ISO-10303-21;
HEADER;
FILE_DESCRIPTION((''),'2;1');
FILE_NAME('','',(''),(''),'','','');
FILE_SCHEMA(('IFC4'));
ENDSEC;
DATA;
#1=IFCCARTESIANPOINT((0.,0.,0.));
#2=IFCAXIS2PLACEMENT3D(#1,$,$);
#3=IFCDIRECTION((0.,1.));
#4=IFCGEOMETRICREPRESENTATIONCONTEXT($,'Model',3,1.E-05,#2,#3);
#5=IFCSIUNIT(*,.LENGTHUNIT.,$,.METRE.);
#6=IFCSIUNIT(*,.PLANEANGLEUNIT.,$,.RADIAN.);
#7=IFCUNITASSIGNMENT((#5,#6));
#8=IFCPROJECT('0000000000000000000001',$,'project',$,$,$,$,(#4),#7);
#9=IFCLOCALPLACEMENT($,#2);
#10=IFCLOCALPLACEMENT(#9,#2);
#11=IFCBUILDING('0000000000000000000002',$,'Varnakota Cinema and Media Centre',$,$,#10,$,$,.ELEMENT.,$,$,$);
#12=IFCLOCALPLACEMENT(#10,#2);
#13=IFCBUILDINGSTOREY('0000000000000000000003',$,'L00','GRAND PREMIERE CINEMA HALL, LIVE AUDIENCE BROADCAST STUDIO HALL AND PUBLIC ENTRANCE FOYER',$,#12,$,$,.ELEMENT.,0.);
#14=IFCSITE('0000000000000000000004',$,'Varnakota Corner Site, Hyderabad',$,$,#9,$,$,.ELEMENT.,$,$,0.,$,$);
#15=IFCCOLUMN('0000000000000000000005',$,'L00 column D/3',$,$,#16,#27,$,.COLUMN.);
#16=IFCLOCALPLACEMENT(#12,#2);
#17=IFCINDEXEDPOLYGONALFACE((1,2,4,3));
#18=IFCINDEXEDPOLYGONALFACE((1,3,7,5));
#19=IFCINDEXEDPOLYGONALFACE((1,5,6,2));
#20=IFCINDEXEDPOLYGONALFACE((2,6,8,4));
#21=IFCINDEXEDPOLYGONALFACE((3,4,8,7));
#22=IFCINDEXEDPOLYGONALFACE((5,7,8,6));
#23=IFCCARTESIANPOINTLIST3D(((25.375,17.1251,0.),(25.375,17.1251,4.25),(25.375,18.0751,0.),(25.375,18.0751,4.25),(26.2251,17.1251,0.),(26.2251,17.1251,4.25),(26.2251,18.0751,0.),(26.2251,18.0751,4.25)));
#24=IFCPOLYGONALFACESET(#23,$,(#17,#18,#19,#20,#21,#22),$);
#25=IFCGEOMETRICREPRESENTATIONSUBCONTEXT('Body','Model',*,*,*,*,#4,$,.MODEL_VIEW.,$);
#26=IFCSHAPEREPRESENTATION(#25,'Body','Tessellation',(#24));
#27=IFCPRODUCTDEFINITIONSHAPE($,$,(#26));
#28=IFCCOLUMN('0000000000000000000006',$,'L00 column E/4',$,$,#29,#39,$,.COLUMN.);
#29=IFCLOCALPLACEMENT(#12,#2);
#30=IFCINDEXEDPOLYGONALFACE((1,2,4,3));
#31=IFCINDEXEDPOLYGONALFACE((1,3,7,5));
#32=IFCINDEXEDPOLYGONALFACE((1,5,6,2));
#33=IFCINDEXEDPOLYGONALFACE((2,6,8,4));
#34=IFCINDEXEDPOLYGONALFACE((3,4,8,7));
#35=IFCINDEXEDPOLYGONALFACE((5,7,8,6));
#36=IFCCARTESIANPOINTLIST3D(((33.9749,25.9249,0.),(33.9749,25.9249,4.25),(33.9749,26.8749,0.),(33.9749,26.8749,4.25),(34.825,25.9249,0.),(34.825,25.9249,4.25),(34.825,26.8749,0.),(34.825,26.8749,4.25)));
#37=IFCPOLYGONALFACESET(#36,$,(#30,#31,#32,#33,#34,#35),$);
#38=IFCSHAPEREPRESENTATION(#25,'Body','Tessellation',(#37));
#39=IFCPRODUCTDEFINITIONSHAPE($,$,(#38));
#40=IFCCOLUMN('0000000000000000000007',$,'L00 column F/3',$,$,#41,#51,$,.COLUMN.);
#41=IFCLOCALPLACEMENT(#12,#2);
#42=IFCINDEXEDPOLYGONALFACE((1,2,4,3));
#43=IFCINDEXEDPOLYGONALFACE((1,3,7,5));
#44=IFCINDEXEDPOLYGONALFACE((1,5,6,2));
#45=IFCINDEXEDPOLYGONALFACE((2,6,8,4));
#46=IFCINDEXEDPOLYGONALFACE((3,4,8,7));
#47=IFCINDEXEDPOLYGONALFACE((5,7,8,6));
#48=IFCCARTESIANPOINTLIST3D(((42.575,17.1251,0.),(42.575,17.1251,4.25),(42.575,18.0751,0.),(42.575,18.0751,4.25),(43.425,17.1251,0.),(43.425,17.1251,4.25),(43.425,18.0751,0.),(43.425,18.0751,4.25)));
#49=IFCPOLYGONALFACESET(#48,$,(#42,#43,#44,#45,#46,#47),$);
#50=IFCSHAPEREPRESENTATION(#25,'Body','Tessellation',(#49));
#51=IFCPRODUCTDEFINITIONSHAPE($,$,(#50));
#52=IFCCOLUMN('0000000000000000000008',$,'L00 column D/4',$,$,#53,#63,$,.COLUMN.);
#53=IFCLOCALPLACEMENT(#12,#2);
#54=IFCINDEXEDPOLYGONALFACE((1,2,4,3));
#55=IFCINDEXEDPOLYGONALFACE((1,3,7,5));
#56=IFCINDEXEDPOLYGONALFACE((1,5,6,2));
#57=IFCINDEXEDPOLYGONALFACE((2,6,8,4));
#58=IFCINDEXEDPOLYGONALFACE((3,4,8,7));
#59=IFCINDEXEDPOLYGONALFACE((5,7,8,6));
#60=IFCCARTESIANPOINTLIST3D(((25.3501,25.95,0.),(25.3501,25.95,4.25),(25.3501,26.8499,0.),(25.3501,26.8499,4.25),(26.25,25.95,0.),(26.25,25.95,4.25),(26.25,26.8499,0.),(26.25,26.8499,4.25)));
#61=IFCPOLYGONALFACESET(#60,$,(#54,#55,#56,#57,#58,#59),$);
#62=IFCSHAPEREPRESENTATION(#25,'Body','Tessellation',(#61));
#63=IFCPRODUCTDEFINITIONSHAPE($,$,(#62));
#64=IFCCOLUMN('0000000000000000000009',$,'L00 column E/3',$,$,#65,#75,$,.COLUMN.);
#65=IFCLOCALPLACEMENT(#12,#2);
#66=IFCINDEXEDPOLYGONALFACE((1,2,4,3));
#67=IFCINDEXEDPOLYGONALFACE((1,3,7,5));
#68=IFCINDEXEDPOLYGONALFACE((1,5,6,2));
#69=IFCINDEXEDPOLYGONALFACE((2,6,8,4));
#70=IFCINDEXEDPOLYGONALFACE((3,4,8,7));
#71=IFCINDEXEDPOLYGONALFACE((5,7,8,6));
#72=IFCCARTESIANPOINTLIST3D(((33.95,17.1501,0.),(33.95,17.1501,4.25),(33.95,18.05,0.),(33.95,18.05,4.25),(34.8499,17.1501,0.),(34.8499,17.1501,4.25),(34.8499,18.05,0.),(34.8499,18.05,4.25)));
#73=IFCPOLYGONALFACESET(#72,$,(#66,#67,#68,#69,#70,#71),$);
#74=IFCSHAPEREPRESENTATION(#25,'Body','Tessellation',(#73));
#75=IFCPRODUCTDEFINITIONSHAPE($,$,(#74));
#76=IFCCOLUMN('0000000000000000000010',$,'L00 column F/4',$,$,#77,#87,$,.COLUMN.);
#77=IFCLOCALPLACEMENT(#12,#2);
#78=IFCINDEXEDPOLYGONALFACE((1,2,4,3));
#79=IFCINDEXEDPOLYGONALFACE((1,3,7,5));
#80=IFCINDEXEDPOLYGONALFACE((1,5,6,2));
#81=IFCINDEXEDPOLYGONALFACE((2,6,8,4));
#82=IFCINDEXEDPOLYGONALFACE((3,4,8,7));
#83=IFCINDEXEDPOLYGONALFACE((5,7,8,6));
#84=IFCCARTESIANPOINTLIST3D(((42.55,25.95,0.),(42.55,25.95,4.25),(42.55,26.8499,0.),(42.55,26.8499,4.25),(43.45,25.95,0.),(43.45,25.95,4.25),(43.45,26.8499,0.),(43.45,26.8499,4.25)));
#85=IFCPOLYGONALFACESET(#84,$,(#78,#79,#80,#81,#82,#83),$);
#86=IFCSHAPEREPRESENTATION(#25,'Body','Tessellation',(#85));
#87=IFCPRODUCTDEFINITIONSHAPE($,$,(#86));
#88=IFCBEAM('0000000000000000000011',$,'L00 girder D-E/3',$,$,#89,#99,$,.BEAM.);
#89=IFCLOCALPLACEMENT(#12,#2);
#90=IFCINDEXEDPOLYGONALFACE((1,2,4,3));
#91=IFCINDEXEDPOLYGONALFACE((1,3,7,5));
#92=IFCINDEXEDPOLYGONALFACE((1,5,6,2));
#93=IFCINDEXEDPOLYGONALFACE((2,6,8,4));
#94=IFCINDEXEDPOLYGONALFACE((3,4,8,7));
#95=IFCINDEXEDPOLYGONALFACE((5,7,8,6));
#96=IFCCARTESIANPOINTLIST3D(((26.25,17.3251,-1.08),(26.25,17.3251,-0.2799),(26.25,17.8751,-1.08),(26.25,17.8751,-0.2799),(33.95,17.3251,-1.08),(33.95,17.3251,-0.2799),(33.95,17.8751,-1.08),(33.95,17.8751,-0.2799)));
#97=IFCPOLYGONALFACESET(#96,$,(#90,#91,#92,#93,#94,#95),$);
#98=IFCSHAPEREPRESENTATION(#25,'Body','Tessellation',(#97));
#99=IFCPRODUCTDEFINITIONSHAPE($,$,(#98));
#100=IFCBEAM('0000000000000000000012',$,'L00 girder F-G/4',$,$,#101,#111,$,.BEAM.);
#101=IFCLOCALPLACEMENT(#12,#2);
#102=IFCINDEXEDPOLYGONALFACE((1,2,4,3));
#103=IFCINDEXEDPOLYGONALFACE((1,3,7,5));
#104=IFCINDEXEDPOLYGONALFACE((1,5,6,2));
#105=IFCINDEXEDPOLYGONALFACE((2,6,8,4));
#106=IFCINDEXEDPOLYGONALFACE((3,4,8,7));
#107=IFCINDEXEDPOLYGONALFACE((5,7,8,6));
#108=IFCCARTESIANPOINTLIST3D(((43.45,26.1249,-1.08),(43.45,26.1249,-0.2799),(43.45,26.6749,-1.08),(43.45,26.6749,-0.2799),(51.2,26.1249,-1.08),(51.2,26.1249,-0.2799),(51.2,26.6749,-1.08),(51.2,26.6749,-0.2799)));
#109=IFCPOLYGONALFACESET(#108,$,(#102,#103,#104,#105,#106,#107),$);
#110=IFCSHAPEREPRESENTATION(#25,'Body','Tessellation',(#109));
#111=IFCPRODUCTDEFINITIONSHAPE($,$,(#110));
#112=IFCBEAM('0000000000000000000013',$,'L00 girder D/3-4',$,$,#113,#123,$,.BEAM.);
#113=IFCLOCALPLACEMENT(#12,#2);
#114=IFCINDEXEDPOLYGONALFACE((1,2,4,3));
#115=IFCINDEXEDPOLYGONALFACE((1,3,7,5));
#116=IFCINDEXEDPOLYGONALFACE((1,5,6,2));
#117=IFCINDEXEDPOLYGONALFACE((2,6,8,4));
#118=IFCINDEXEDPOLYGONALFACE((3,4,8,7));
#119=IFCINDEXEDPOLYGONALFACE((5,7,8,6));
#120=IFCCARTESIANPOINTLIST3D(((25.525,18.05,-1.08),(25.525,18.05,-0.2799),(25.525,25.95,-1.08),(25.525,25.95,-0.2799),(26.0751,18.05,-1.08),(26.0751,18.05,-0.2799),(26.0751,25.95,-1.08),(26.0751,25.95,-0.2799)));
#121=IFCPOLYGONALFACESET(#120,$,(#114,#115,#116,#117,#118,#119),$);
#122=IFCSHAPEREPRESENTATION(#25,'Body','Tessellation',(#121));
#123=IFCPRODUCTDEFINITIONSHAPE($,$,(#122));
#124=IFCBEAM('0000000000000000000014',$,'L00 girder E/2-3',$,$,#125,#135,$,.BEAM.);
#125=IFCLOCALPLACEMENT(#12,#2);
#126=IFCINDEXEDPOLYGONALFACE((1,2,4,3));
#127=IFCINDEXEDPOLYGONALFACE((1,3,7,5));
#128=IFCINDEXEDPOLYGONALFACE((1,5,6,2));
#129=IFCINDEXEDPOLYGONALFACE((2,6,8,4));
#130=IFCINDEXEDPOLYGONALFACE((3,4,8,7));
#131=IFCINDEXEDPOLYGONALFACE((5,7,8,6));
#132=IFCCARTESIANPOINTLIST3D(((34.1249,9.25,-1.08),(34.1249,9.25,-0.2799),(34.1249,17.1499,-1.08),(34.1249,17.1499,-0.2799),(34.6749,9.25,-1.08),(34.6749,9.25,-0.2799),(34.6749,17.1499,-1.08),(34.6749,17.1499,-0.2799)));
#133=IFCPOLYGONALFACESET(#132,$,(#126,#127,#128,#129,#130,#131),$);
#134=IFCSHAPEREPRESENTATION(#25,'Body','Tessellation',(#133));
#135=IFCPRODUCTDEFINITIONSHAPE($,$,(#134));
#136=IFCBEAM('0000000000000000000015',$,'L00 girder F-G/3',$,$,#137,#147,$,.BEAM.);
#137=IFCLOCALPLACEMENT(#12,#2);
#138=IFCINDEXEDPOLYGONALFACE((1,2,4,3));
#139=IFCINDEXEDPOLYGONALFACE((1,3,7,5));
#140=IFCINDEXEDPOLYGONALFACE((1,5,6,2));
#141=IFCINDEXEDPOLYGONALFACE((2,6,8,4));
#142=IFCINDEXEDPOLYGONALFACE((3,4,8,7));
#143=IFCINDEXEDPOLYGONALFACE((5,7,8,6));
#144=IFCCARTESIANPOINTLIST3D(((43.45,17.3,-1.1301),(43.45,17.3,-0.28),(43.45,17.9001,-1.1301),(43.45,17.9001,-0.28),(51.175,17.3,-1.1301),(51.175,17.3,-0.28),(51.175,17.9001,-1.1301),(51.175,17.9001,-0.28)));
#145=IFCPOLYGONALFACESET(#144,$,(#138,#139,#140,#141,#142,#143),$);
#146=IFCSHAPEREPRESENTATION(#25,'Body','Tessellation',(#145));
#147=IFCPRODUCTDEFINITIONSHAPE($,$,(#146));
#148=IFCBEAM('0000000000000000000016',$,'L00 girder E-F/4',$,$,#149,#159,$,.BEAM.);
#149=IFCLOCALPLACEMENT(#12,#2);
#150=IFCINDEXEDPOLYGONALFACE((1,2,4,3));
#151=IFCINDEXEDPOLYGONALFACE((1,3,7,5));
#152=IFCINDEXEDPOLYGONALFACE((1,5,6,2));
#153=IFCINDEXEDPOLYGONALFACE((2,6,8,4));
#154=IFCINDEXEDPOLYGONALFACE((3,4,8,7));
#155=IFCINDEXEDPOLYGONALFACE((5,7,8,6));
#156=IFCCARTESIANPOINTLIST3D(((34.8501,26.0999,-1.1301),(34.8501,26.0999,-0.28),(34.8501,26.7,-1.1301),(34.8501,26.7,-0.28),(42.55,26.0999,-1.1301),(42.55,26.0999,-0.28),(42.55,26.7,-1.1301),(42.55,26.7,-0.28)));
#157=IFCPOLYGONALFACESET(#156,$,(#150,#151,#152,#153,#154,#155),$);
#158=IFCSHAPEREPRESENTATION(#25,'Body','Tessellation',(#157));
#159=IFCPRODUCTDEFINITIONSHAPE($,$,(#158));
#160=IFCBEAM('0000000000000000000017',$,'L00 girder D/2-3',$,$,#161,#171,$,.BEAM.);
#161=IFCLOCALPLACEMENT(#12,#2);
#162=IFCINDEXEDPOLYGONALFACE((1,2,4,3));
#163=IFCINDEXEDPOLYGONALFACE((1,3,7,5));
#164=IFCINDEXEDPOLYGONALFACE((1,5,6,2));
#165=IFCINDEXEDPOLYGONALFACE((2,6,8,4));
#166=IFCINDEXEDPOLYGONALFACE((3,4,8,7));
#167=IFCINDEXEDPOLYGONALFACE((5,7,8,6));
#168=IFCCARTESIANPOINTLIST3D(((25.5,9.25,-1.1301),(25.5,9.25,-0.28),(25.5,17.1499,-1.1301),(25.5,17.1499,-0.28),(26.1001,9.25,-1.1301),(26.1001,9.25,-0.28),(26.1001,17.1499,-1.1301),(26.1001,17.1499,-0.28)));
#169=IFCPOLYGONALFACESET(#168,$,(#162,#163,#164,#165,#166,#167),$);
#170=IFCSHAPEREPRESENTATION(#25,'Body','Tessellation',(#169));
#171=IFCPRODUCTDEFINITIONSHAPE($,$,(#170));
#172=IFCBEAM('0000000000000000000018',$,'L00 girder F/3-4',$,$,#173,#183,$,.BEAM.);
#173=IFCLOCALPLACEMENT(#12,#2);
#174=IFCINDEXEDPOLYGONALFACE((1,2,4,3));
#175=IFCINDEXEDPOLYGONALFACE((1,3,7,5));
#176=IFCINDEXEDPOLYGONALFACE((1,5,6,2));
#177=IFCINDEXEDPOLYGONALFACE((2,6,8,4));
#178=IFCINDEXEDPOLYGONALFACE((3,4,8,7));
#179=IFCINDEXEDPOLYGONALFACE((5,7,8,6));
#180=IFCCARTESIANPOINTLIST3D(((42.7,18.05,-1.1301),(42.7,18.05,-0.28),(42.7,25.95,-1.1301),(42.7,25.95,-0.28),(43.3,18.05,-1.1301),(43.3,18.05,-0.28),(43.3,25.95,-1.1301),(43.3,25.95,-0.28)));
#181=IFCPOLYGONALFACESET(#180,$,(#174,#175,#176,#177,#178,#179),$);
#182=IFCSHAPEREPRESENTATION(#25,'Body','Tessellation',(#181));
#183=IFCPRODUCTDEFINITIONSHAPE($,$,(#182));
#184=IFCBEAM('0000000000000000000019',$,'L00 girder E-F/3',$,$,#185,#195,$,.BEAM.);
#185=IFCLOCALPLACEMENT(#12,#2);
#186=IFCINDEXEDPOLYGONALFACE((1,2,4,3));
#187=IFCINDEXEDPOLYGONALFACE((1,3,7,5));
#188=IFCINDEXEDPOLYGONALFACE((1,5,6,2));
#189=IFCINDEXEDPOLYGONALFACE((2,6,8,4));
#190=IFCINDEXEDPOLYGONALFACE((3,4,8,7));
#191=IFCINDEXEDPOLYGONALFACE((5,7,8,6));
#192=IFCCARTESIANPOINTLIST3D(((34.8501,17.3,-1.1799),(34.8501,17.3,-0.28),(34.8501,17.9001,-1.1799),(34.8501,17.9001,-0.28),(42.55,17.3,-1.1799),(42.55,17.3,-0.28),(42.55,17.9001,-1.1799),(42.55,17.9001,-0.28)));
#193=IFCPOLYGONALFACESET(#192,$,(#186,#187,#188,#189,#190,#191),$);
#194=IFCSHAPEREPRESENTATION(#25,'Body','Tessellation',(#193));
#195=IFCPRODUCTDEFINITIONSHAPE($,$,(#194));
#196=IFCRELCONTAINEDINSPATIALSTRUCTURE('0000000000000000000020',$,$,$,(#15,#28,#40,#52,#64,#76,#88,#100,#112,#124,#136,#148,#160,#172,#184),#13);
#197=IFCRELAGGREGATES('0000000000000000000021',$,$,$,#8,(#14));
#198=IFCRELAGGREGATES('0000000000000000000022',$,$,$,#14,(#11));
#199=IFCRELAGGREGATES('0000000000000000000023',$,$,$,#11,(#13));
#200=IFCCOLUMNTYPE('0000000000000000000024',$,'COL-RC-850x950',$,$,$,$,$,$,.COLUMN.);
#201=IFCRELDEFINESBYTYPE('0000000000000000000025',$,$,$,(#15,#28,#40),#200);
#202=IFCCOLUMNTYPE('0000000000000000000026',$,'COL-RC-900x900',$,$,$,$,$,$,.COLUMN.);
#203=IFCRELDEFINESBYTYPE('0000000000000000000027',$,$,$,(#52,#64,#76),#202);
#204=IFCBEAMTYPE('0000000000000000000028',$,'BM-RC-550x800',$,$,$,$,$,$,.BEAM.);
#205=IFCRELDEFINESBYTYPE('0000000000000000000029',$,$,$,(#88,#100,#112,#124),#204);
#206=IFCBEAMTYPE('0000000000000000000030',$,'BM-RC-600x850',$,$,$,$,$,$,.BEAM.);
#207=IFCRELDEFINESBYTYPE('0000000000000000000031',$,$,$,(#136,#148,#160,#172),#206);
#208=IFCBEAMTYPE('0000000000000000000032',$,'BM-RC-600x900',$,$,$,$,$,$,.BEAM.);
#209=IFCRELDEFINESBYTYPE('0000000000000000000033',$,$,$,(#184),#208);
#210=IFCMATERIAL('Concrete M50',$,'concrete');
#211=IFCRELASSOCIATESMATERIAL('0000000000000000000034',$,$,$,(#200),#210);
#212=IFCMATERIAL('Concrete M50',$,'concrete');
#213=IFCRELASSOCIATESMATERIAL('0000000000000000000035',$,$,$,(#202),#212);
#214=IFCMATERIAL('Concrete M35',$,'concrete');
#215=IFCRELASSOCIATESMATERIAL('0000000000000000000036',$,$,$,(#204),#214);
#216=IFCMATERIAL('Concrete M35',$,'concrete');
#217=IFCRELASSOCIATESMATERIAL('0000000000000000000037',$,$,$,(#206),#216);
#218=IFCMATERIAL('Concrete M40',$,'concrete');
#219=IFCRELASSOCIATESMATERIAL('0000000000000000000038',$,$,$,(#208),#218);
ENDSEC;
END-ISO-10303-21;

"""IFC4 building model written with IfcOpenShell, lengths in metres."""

from ifc_helpers import new_model, si_unit, direction, frame, origin, origin_2d, place, context, subcontext, project, spatial, rectangle, extrude, material, material_profile, profile_set, type_object, element, save


model = new_model("IFC4")

# Units and contexts
model_context = context("Model", 3, precision=1e-05, world=origin(), true_north=direction((0.0, 1.0)))
body_context = subcontext(model_context, "Body", "Model", "MODEL_VIEW")
ifc_project = project(units=[si_unit("LENGTHUNIT", "METRE"), si_unit("PLANEANGLEUNIT", "RADIAN")], contexts=[model_context])

# Site, building, storey
site_placement = place(None, origin())
site = spatial("IfcSite", under=ifc_project, at=site_placement, Name="Varnakota Corner Site, Hyderabad", CompositionType="ELEMENT", RefElevation=0.0)
building_placement = place(site_placement, origin())
building = spatial("IfcBuilding", under=site, at=building_placement, Name="Varnakota Cinema and Media Centre", CompositionType="ELEMENT")
storey_placement = place(building_placement, origin())
storey = spatial("IfcBuildingStorey", under=building, at=storey_placement, Name="L00", Description="GRAND PREMIERE CINEMA HALL, LIVE AUDIENCE BROADCAST STUDIO HALL AND PUBLIC ENTRANCE FOYER", CompositionType="ELEMENT", Elevation=0.0)

# Columns
ifc_material_1 = material(Name="Concrete M50", Category="concrete")
ifc_material_profile_1 = material_profile(ifc_material_1, rectangle(XDim=0.8501, YDim=0.95, at=origin_2d()), Name="RC 850x950")
ifc_profile_set_1 = profile_set([ifc_material_profile_1], Name="Concrete M50")
column_type_1 = type_object("IfcColumnType", Name="COL-RC-850x950", PredefinedType="COLUMN", material=ifc_profile_set_1)
for number, where, z_axis, x_axis, name in (
    (1, (25.8, 17.6001, 0.0), (0.0, 0.0, 1.0), (1.0, 0.0, 0.0), "L00 column D/3"),
    (2, (34.3999, 26.3999, 0.0), (0.0, 0.0, 1.0), (1.0, 0.0, 0.0), "L00 column E/4"),
    (3, (43.0, 17.6001, 0.0), (0.0, 0.0, 1.0), (1.0, 0.0, 0.0), "L00 column F/3"),
):
    element("IfcColumn", number, at=place(storey_placement, frame(where, z_axis=z_axis, x_axis=x_axis)), inside=storey, type_object=column_type_1, Name=name, PredefinedType="COLUMN", context=body_context, shape_type="SweptSolid", body=[
        extrude(rectangle(XDim=0.8501, YDim=0.95, at=origin_2d()), origin(), (0.0, 0.0, 1.0), 4.25),
    ])
ifc_material_2 = material(Name="Concrete M50", Category="concrete")
ifc_material_profile_2 = material_profile(ifc_material_2, rectangle(XDim=0.8999, YDim=0.8999, at=origin_2d()), Name="RC 900x900")
ifc_profile_set_2 = profile_set([ifc_material_profile_2], Name="Concrete M50")
column_type_2 = type_object("IfcColumnType", Name="COL-RC-900x900", PredefinedType="COLUMN", material=ifc_profile_set_2)
for number, where, z_axis, x_axis, name in (
    (4, (25.8, 26.3999, 0.0), (0.0, 0.0, 1.0), (1.0, 0.0, 0.0), "L00 column D/4"),
    (5, (34.3999, 17.6001, 0.0), (0.0, 0.0, 1.0), (1.0, 0.0, 0.0), "L00 column E/3"),
    (6, (43.0, 26.3999, 0.0), (0.0, 0.0, 1.0), (1.0, 0.0, 0.0), "L00 column F/4"),
):
    element("IfcColumn", number, at=place(storey_placement, frame(where, z_axis=z_axis, x_axis=x_axis)), inside=storey, type_object=column_type_2, Name=name, PredefinedType="COLUMN", context=body_context, shape_type="SweptSolid", body=[
        extrude(rectangle(XDim=0.8999, YDim=0.8999, at=origin_2d()), origin(), (0.0, 0.0, 1.0), 4.25),
    ])

# Beams
ifc_material_3 = material(Name="Concrete M35", Category="concrete")
ifc_material_profile_3 = material_profile(ifc_material_3, rectangle(XDim=0.55, YDim=0.8, at=origin_2d()), Name="RCB 550x800")
ifc_profile_set_3 = profile_set([ifc_material_profile_3], Name="Concrete M35")
beam_type_1 = type_object("IfcBeamType", Name="BM-RC-550x800", PredefinedType="BEAM", material=ifc_profile_set_3)
beam_1_placement = place(storey_placement, frame((26.25, 17.6001, -0.6799), z_axis=(1.0, 0.0, 0.0), x_axis=(0.0, 1.0, 0.0)))
element("IfcBeam", 7, at=beam_1_placement, inside=storey, type_object=beam_type_1, Name="L00 girder D-E/3", PredefinedType="BEAM", context=body_context, shape_type="SweptSolid", body=[
    extrude(rectangle(XDim=0.55, YDim=0.8, at=origin_2d()), origin(), (0.0, 0.0, 1.0), 7.7),
])
beam_2_placement = place(storey_placement, frame((43.45, 26.3999, -0.6799), z_axis=(1.0, 0.0, 0.0), x_axis=(0.0, 1.0, 0.0)))
element("IfcBeam", 8, at=beam_2_placement, inside=storey, type_object=beam_type_1, Name="L00 girder F-G/4", PredefinedType="BEAM", context=body_context, shape_type="SweptSolid", body=[
    extrude(rectangle(XDim=0.55, YDim=0.8, at=origin_2d()), origin(), (0.0, 0.0, 1.0), 7.75),
])
for number, where, z_axis, x_axis, name in (
    (9, (25.8, 18.05, -0.6799), (0.0, 1.0, 0.0), (-1.0, 0.0, 0.0), "L00 girder D/3-4"),
    (10, (34.3999, 9.25, -0.6799), (0.0, 1.0, 0.0), (-1.0, 0.0, 0.0), "L00 girder E/2-3"),
):
    element("IfcBeam", number, at=place(storey_placement, frame(where, z_axis=z_axis, x_axis=x_axis)), inside=storey, type_object=beam_type_1, Name=name, PredefinedType="BEAM", context=body_context, shape_type="SweptSolid", body=[
        extrude(rectangle(XDim=0.55, YDim=0.8, at=origin_2d()), origin(), (0.0, 0.0, 1.0), 7.8999),
    ])
ifc_material_4 = material(Name="Concrete M35", Category="concrete")
ifc_material_profile_4 = material_profile(ifc_material_4, rectangle(XDim=0.6001, YDim=0.8501, at=origin_2d()), Name="RCB 600x850")
ifc_profile_set_4 = profile_set([ifc_material_profile_4], Name="Concrete M35")
beam_type_2 = type_object("IfcBeamType", Name="BM-RC-600x850", PredefinedType="BEAM", material=ifc_profile_set_4)
beam_3_placement = place(storey_placement, frame((43.45, 17.6001, -0.7051), z_axis=(1.0, 0.0, 0.0), x_axis=(0.0, 1.0, 0.0)))
element("IfcBeam", 11, at=beam_3_placement, inside=storey, type_object=beam_type_2, Name="L00 girder F-G/3", PredefinedType="BEAM", context=body_context, shape_type="SweptSolid", body=[
    extrude(rectangle(XDim=0.6001, YDim=0.8501, at=origin_2d()), origin(), (0.0, 0.0, 1.0), 7.7251),
])
beam_4_placement = place(storey_placement, frame((34.8501, 26.3999, -0.7051), z_axis=(1.0, 0.0, 0.0), x_axis=(0.0, 1.0, 0.0)))
element("IfcBeam", 12, at=beam_4_placement, inside=storey, type_object=beam_type_2, Name="L00 girder E-F/4", PredefinedType="BEAM", context=body_context, shape_type="SweptSolid", body=[
    extrude(rectangle(XDim=0.6001, YDim=0.8501, at=origin_2d()), origin(), (0.0, 0.0, 1.0), 7.7),
])
for number, where, z_axis, x_axis, name in (
    (13, (25.8, 9.25, -0.7051), (0.0, 1.0, 0.0), (-1.0, 0.0, 0.0), "L00 girder D/2-3"),
    (14, (43.0, 18.05, -0.7051), (0.0, 1.0, 0.0), (-1.0, 0.0, 0.0), "L00 girder F/3-4"),
):
    element("IfcBeam", number, at=place(storey_placement, frame(where, z_axis=z_axis, x_axis=x_axis)), inside=storey, type_object=beam_type_2, Name=name, PredefinedType="BEAM", context=body_context, shape_type="SweptSolid", body=[
        extrude(rectangle(XDim=0.6001, YDim=0.8501, at=origin_2d()), origin(), (0.0, 0.0, 1.0), 7.8999),
    ])
ifc_material_5 = material(Name="Concrete M40", Category="concrete")
ifc_material_profile_5 = material_profile(ifc_material_5, rectangle(XDim=0.6001, YDim=0.8999, at=origin_2d()), Name="RCB 600x900")
ifc_profile_set_5 = profile_set([ifc_material_profile_5], Name="Concrete M40")
beam_type_3 = type_object("IfcBeamType", Name="BM-RC-600x900", PredefinedType="BEAM", material=ifc_profile_set_5)
for number, where, z_axis, x_axis, name in (
    (15, (34.8501, 17.6001, -0.73), (1.0, 0.0, 0.0), (0.0, 1.0, 0.0), "L00 girder E-F/3"),
):
    element("IfcBeam", number, at=place(storey_placement, frame(where, z_axis=z_axis, x_axis=x_axis)), inside=storey, type_object=beam_type_3, Name=name, PredefinedType="BEAM", context=body_context, shape_type="SweptSolid", body=[
        extrude(rectangle(XDim=0.6001, YDim=0.8999, at=origin_2d()), origin(), (0.0, 0.0, 1.0), 7.7),
    ])

save(model, "model.ifc")
